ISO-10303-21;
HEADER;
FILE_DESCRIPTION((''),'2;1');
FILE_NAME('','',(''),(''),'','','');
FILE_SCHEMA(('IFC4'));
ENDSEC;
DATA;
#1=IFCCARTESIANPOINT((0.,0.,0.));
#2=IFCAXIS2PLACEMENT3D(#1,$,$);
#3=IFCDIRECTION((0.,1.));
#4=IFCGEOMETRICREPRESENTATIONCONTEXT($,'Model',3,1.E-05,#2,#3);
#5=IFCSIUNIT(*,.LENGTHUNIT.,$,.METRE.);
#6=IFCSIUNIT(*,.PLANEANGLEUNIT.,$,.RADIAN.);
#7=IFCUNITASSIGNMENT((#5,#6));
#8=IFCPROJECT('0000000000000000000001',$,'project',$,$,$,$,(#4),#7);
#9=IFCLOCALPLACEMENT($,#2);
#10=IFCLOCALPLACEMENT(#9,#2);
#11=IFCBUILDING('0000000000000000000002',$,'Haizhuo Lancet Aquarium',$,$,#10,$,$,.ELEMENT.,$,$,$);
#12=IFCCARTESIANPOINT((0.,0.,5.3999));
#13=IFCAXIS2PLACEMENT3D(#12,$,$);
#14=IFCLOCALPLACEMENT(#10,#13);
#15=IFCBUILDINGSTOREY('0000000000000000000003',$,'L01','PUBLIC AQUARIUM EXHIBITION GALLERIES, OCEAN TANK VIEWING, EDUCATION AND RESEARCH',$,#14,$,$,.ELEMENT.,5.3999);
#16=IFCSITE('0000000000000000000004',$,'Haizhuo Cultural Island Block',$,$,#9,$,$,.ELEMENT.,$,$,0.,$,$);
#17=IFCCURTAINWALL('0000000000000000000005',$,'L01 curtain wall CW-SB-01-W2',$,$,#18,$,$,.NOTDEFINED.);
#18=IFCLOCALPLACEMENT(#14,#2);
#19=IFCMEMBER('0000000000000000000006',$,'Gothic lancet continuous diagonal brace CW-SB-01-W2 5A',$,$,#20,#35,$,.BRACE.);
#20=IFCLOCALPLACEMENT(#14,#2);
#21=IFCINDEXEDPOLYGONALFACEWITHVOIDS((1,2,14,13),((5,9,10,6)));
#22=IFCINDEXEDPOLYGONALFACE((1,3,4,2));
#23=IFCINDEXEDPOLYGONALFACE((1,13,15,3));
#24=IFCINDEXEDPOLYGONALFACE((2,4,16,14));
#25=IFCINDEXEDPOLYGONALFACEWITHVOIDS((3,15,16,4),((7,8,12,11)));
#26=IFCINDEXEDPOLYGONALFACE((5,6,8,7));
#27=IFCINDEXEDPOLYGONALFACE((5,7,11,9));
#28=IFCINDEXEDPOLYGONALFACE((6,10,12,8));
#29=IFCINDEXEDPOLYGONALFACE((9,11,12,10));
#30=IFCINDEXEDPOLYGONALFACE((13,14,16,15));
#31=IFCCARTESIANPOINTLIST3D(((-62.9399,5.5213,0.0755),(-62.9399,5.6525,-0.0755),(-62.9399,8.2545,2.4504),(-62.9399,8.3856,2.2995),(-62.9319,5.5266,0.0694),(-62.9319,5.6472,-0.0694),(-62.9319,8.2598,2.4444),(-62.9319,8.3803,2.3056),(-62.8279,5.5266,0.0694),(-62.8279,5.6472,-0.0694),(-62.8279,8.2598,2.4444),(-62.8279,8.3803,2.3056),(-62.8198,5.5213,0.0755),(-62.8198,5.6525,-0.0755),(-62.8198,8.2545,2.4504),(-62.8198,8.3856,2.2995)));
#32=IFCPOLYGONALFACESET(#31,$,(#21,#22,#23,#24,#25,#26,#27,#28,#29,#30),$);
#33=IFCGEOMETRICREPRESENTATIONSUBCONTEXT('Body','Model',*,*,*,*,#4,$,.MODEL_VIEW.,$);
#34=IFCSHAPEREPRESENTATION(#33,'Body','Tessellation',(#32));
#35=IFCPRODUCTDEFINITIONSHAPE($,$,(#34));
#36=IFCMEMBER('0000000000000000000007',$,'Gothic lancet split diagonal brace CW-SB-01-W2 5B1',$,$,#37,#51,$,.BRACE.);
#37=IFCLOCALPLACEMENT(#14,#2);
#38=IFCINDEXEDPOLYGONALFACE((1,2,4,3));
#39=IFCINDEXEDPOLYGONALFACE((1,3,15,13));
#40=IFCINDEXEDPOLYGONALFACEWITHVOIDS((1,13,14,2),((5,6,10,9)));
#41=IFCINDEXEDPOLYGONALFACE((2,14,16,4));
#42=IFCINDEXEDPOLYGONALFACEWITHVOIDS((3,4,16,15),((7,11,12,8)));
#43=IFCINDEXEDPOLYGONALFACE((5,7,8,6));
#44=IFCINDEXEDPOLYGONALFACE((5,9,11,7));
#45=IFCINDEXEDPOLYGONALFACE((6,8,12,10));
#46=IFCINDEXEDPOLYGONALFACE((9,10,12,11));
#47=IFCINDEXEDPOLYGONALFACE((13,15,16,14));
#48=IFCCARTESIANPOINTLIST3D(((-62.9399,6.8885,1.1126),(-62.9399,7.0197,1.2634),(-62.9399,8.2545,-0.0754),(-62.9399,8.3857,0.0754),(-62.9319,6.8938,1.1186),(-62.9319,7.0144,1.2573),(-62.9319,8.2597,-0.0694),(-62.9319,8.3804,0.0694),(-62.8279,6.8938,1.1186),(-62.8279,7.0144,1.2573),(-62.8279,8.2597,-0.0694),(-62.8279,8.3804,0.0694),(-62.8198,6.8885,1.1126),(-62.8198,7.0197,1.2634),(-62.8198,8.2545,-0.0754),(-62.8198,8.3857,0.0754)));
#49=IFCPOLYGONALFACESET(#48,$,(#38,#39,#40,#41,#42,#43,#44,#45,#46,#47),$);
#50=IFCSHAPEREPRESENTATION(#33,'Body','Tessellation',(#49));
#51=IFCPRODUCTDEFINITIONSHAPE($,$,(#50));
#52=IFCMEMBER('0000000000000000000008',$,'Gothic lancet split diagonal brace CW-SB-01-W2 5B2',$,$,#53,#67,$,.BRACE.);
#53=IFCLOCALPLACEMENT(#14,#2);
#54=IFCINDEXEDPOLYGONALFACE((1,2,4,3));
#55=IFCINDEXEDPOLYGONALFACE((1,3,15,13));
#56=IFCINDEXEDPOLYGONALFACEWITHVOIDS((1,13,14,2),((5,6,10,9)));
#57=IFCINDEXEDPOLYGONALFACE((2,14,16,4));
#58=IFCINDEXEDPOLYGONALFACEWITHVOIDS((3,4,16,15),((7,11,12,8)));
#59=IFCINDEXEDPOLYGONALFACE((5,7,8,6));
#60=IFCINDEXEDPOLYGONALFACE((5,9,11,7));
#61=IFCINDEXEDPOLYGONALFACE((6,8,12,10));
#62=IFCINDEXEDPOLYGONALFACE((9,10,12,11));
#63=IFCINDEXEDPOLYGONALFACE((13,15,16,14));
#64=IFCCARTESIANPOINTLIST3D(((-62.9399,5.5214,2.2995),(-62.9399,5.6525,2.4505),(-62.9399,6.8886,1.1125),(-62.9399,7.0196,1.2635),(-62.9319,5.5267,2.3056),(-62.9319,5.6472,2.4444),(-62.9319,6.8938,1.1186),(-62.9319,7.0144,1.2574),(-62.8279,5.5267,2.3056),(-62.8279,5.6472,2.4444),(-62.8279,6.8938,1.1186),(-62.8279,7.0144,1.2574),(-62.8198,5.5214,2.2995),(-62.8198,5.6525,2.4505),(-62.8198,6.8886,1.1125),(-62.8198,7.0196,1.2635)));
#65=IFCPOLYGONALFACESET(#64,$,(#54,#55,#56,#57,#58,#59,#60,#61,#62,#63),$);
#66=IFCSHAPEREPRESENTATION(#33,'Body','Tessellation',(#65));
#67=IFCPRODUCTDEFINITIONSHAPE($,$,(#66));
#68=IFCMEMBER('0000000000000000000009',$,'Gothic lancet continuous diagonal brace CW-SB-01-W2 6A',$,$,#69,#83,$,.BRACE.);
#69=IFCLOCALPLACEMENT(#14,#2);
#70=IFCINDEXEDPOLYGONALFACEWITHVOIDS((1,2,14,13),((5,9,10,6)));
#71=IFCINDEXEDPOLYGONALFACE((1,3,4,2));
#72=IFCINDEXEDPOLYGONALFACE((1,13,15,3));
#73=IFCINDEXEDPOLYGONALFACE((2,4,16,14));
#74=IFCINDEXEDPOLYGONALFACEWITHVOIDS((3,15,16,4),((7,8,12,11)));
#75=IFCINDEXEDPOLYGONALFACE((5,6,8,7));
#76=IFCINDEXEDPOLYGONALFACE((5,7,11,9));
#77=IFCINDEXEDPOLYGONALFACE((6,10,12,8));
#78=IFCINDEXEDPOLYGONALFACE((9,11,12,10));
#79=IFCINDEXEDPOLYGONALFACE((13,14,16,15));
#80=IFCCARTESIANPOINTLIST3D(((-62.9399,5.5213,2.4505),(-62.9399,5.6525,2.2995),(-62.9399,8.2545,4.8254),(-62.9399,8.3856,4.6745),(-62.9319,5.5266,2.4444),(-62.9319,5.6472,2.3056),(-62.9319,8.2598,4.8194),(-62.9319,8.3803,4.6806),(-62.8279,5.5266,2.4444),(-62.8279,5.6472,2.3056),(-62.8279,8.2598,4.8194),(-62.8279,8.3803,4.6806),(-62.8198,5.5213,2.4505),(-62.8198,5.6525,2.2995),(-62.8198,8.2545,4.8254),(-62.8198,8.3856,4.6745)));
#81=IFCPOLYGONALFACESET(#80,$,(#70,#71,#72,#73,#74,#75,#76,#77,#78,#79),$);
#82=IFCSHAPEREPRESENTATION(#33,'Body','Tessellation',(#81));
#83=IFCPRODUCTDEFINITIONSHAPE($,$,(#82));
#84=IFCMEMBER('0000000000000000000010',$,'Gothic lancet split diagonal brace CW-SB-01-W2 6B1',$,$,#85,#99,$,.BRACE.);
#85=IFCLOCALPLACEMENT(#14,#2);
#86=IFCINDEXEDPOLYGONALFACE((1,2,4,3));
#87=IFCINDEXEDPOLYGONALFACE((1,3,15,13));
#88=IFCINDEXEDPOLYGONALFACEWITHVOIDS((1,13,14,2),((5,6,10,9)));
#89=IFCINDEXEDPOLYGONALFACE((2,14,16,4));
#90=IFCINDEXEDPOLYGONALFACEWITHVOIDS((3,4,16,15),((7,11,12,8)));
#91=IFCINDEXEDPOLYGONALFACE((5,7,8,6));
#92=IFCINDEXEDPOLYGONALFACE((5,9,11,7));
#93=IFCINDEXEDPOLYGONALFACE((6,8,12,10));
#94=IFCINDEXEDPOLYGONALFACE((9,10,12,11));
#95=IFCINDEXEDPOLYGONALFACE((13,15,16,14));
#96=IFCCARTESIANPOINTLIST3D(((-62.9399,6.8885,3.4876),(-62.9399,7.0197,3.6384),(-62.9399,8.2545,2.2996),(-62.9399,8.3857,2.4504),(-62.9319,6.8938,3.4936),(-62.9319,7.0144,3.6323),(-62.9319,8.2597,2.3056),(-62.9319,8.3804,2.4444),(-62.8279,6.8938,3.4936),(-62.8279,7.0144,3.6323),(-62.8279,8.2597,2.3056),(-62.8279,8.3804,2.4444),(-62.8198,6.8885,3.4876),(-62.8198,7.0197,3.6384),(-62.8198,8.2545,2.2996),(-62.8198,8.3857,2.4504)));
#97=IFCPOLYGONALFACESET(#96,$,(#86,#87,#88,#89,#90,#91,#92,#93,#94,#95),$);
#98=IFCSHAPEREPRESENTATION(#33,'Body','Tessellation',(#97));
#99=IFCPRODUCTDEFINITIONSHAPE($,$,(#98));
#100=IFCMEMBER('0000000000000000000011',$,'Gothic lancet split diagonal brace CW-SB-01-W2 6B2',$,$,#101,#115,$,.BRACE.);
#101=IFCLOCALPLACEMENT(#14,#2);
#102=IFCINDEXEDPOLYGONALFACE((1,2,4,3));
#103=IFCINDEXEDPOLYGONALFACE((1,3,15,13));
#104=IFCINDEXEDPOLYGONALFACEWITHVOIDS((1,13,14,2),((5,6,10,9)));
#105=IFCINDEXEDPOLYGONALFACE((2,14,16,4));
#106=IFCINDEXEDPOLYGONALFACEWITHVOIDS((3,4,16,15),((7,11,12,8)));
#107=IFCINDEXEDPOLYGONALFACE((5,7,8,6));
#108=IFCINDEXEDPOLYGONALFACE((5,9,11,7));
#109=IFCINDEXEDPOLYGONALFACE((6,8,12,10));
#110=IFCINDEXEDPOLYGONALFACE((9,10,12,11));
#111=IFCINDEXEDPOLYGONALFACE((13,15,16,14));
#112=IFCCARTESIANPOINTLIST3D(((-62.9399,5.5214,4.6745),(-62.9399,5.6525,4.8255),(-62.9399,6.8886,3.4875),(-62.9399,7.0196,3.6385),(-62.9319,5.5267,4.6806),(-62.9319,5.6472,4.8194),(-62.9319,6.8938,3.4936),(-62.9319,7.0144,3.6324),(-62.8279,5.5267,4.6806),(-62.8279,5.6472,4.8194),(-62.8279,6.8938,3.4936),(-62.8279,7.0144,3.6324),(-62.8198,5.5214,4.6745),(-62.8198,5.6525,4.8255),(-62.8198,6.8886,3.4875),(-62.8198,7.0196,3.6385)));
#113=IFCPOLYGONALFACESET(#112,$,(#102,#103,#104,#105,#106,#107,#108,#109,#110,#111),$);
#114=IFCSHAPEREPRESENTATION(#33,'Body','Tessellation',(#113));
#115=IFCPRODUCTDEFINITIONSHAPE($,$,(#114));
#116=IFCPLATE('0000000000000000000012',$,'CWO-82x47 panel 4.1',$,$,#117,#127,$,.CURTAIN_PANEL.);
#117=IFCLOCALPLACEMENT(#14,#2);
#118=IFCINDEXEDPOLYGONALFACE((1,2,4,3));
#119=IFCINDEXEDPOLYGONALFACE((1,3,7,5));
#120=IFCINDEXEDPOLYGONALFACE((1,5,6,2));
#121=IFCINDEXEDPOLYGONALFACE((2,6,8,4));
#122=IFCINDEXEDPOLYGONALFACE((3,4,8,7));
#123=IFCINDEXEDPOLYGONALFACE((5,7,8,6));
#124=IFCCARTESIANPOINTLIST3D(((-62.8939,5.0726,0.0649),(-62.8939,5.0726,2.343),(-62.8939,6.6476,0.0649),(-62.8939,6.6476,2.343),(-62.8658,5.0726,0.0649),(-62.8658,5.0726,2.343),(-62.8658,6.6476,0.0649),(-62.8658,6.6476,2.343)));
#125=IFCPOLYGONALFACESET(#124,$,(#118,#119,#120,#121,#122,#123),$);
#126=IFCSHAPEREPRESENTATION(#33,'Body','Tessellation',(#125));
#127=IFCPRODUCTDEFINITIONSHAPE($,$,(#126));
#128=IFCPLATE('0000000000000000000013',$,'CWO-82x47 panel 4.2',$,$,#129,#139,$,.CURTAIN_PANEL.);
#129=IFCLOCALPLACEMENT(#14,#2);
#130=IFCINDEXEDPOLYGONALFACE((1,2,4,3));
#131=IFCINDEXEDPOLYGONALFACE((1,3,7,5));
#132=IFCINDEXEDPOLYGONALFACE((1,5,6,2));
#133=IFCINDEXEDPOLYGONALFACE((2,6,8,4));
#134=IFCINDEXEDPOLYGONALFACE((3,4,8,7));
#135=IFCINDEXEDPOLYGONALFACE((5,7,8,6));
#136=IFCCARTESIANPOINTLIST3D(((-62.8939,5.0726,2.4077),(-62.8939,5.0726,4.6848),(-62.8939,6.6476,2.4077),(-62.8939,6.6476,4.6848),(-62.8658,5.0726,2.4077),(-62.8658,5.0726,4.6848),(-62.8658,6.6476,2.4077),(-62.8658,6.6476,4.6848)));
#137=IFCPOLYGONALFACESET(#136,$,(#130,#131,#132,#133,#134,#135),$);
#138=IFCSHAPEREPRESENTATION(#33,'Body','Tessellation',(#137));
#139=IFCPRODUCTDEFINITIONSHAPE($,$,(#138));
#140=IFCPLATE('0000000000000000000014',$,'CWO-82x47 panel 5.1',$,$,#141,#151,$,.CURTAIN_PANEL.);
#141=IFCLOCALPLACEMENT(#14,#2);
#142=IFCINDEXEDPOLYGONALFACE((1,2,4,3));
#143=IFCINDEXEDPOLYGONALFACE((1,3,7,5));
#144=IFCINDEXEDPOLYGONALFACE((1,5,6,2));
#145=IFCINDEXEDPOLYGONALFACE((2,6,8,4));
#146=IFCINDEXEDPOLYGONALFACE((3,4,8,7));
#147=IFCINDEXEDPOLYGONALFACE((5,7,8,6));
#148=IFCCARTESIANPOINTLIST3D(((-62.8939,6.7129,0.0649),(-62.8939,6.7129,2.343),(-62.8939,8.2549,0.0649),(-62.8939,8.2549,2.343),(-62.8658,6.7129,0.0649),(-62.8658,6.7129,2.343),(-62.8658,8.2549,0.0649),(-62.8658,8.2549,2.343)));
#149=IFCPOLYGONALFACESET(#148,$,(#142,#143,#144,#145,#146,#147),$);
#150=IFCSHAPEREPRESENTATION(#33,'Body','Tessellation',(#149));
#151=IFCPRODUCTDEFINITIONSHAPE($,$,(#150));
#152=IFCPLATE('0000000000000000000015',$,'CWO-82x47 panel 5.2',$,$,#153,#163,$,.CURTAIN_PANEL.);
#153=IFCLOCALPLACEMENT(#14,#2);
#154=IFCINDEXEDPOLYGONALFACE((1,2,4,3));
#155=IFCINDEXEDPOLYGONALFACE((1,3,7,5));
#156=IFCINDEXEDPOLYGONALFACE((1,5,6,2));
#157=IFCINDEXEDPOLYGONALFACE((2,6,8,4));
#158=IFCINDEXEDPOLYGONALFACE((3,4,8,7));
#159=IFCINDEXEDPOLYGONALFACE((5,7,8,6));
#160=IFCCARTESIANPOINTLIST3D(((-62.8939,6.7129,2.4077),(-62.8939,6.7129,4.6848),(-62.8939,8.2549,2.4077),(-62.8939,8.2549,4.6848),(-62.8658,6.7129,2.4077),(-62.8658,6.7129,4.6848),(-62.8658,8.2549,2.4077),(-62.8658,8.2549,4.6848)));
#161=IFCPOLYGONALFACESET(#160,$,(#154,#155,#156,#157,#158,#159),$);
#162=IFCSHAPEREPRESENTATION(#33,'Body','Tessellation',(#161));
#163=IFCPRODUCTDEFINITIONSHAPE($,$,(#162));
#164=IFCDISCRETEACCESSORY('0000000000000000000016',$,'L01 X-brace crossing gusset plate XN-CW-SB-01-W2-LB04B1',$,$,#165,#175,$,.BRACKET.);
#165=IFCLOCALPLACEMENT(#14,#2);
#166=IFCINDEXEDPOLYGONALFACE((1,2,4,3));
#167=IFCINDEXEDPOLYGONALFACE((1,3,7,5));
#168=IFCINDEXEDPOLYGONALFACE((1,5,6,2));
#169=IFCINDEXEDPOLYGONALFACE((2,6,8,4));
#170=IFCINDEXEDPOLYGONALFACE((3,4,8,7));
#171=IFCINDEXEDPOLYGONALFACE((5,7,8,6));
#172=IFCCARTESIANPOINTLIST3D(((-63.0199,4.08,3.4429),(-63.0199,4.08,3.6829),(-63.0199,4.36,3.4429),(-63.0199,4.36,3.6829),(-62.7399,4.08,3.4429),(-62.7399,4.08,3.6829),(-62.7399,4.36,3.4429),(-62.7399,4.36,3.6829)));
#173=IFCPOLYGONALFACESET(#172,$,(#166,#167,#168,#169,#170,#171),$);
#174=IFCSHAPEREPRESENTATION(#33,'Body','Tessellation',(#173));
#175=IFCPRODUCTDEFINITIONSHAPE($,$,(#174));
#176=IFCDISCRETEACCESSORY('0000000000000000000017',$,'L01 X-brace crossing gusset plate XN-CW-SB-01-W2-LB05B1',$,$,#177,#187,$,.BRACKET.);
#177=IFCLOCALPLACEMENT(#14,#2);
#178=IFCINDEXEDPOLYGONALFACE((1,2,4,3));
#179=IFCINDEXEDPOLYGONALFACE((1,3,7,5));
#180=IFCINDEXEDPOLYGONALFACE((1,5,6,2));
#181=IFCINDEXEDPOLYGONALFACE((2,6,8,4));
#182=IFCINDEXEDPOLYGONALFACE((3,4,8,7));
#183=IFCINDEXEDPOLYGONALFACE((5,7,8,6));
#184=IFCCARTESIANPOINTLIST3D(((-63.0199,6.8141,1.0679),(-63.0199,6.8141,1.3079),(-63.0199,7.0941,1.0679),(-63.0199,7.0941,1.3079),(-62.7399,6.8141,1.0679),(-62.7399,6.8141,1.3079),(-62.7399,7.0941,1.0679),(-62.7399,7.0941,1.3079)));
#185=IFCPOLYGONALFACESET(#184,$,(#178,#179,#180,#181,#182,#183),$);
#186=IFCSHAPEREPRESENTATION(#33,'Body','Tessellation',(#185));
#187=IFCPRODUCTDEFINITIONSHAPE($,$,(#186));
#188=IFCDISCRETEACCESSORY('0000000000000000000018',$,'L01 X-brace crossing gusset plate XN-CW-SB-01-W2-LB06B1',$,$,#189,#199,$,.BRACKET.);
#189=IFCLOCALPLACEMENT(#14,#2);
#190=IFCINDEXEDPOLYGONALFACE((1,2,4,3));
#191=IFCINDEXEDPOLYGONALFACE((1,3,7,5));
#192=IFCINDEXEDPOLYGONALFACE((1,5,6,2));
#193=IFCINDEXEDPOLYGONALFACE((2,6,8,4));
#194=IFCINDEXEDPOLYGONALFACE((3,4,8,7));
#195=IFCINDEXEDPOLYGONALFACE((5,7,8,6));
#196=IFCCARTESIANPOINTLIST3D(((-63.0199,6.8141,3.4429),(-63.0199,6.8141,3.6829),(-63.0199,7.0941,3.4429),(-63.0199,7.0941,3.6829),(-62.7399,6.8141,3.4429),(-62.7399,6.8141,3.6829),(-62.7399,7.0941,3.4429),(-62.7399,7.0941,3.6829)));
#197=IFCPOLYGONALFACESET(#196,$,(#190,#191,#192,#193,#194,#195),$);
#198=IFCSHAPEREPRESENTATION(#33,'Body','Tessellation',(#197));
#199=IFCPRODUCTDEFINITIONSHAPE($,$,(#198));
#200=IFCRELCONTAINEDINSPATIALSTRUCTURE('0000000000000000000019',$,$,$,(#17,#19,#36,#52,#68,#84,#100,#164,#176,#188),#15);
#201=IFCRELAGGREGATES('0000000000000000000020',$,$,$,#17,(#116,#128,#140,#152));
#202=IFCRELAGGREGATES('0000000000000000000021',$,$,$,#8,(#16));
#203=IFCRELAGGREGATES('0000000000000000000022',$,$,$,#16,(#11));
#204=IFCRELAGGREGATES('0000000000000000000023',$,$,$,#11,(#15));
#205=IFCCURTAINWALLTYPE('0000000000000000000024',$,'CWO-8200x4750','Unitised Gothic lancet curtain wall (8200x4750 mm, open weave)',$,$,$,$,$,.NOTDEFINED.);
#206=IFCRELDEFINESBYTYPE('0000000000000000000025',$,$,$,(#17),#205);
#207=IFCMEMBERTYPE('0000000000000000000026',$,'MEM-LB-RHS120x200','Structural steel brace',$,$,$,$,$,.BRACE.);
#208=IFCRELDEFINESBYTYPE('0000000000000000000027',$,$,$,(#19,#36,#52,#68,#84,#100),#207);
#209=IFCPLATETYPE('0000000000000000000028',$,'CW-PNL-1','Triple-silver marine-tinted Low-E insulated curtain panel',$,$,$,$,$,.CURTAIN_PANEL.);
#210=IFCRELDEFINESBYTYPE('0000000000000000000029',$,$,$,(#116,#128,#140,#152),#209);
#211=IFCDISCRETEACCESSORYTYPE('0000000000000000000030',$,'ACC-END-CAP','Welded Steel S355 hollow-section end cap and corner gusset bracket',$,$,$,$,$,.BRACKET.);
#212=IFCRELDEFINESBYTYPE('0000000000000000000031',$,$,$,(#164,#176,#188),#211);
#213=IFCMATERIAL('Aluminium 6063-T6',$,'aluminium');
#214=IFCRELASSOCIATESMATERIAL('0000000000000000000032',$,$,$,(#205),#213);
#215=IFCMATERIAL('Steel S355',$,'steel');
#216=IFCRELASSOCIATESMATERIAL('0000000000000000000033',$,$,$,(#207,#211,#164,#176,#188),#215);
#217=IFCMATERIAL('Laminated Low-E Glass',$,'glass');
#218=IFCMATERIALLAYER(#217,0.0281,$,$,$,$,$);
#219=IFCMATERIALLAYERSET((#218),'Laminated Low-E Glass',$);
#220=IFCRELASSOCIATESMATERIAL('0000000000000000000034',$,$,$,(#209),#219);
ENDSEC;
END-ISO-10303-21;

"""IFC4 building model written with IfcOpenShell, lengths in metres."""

from ifc_helpers import new_model, si_unit, direction, frame, origin, origin_2d, place, context, subcontext, project, spatial, rectangle, hollow_rectangle, extrude, material, layer, layer_set, material_profile, profile_set, type_object, element, aggregate, save


model = new_model("IFC4")

# Units and contexts
model_context = context("Model", 3, precision=1e-05, world=origin(), true_north=direction((0.0, 1.0)))
body_context = subcontext(model_context, "Body", "Model", "MODEL_VIEW")
ifc_project = project(units=[si_unit("LENGTHUNIT", "METRE"), si_unit("PLANEANGLEUNIT", "RADIAN")], contexts=[model_context])

# Site, building, storey
site_placement = place(None, origin())
site = spatial("IfcSite", under=ifc_project, at=site_placement, Name="Haizhuo Cultural Island Block", CompositionType="ELEMENT", RefElevation=0.0)
building_placement = place(site_placement, origin())
building = spatial("IfcBuilding", under=site, at=building_placement, Name="Haizhuo Lancet Aquarium", CompositionType="ELEMENT")
storey_placement = place(building_placement, frame((0.0, 0.0, 5.3999)))
storey = spatial("IfcBuildingStorey", under=building, at=storey_placement, Name="L01", Description="PUBLIC AQUARIUM EXHIBITION GALLERIES, OCEAN TANK VIEWING, EDUCATION AND RESEARCH", CompositionType="ELEMENT", Elevation=5.3999)

# Curtain wall
ifc_material_1 = material(Name="Aluminium 6063-T6", Category="aluminium")
curtain_wall_type = type_object("IfcCurtainWallType", Name="CWO-8200x4750", Description="Unitised Gothic lancet curtain wall (8200x4750 mm, open weave)", PredefinedType="NOTDEFINED", material=ifc_material_1)
curtain_wall_placement = place(storey_placement, origin())
curtain_wall = element("IfcCurtainWall", 1, at=curtain_wall_placement, inside=storey, type_object=curtain_wall_type, Name="L01 curtain wall CW-SB-01-W2", PredefinedType="NOTDEFINED")

# Members
ifc_material_2 = material(Name="Steel S355", Category="steel")
ifc_material_profile_1 = material_profile(ifc_material_2, hollow_rectangle(XDim=0.1201, YDim=0.2, WallThickness=0.0081, at=origin_2d()), Name="RHS 120x200x8")
ifc_profile_set_1 = profile_set([ifc_material_profile_1], Name="Steel S355")
member_type_1 = type_object("IfcMemberType", Name="MEM-LB-RHS120x200", Description="Structural steel brace", PredefinedType="BRACE", material=ifc_profile_set_1)
member_1_placement = place(storey_placement, frame((-62.8799, 5.5869, 0.0), z_axis=(0.0, 0.754832, 0.655918), x_axis=(-1.0, 0.0, 0.0)))
element("IfcMember", 2, at=member_1_placement, inside=storey, type_object=member_type_1, Name="Gothic lancet continuous diagonal brace CW-SB-01-W2 5A", PredefinedType="BRACE", context=body_context, shape_type="SweptSolid", body=[
    extrude(hollow_rectangle(XDim=0.1201, YDim=0.2, WallThickness=0.0081, at=origin_2d()), origin(), (0.0, 0.0, 1.0), 3.6208),
])
member_2_placement = place(storey_placement, frame((-62.8799, 8.3201, 0.0), z_axis=(0.0, -0.754553, 0.656239), x_axis=(1.0, 0.0, 0.0)))
element("IfcMember", 3, at=member_2_placement, inside=storey, type_object=member_type_1, Name="Gothic lancet split diagonal brace CW-SB-01-W2 5B1", PredefinedType="BRACE", context=body_context, shape_type="SweptSolid", body=[
    extrude(hollow_rectangle(XDim=0.1201, YDim=0.2, WallThickness=0.0081, at=origin_2d()), origin(), (0.0, 0.0, 1.0), 1.8103),
])
member_3_placement = place(storey_placement, frame((-62.8799, 6.9541, 1.188), z_axis=(0.0, -0.75511, 0.655598), x_axis=(1.0, 0.0, 0.0)))
element("IfcMember", 4, at=member_3_placement, inside=storey, type_object=member_type_1, Name="Gothic lancet split diagonal brace CW-SB-01-W2 5B2", PredefinedType="BRACE", context=body_context, shape_type="SweptSolid", body=[
    extrude(hollow_rectangle(XDim=0.1201, YDim=0.2, WallThickness=0.0081, at=origin_2d()), origin(), (0.0, 0.0, 1.0), 1.8105),
])
member_4_placement = place(storey_placement, frame((-62.8799, 5.5869, 2.375), z_axis=(0.0, 0.754832, 0.655918), x_axis=(-1.0, 0.0, 0.0)))
element("IfcMember", 5, at=member_4_placement, inside=storey, type_object=member_type_1, Name="Gothic lancet continuous diagonal brace CW-SB-01-W2 6A", PredefinedType="BRACE", context=body_context, shape_type="SweptSolid", body=[
    extrude(hollow_rectangle(XDim=0.1201, YDim=0.2, WallThickness=0.0081, at=origin_2d()), origin(), (0.0, 0.0, 1.0), 3.6208),
])
member_5_placement = place(storey_placement, frame((-62.8799, 8.3201, 2.375), z_axis=(0.0, -0.754553, 0.656239), x_axis=(1.0, 0.0, 0.0)))
element("IfcMember", 6, at=member_5_placement, inside=storey, type_object=member_type_1, Name="Gothic lancet split diagonal brace CW-SB-01-W2 6B1", PredefinedType="BRACE", context=body_context, shape_type="SweptSolid", body=[
    extrude(hollow_rectangle(XDim=0.1201, YDim=0.2, WallThickness=0.0081, at=origin_2d()), origin(), (0.0, 0.0, 1.0), 1.8103),
])
member_6_placement = place(storey_placement, frame((-62.8799, 6.9541, 3.563), z_axis=(0.0, -0.75511, 0.655598), x_axis=(1.0, 0.0, 0.0)))
element("IfcMember", 7, at=member_6_placement, inside=storey, type_object=member_type_1, Name="Gothic lancet split diagonal brace CW-SB-01-W2 6B2", PredefinedType="BRACE", context=body_context, shape_type="SweptSolid", body=[
    extrude(hollow_rectangle(XDim=0.1201, YDim=0.2, WallThickness=0.0081, at=origin_2d()), origin(), (0.0, 0.0, 1.0), 1.8105),
])

# Plates
ifc_material_3 = material(Name="Laminated Low-E Glass", Category="glass")
ifc_layer = layer(ifc_material_3, 0.0281)
ifc_layer_set = layer_set([ifc_layer], Name="Laminated Low-E Glass")
plate_type = type_object("IfcPlateType", Name="CW-PNL-1", Description="Triple-silver marine-tinted Low-E insulated curtain panel", PredefinedType="CURTAIN_PANEL", material=ifc_layer_set)
plate_1_placement = place(storey_placement, frame((-62.8799, 5.8601, 0.0649), z_axis=(0.0, 0.0, 1.0), x_axis=(0.0, 1.0, 0.0)))
plate_1 = element("IfcPlate", 8, at=plate_1_placement, type_object=plate_type, Name="CWO-82x47 panel 4.1", PredefinedType="CURTAIN_PANEL", context=body_context, shape_type="SweptSolid", body=[
    extrude(rectangle(XDim=1.575, YDim=0.0281, at=origin_2d()), origin(), (0.0, 0.0, 1.0), 2.2781),
])
plate_2_placement = place(storey_placement, frame((-62.8799, 5.8601, 2.4077), z_axis=(0.0, 0.0, 1.0), x_axis=(0.0, 1.0, 0.0)))
plate_2 = element("IfcPlate", 9, at=plate_2_placement, type_object=plate_type, Name="CWO-82x47 panel 4.2", PredefinedType="CURTAIN_PANEL", context=body_context, shape_type="SweptSolid", body=[
    extrude(rectangle(XDim=1.575, YDim=0.0281, at=origin_2d()), origin(), (0.0, 0.0, 1.0), 2.2771),
])
plate_3_placement = place(storey_placement, frame((-62.8799, 7.4839, 0.0649), z_axis=(0.0, 0.0, 1.0), x_axis=(0.0, 1.0, 0.0)))
plate_3 = element("IfcPlate", 10, at=plate_3_placement, type_object=plate_type, Name="CWO-82x47 panel 5.1", PredefinedType="CURTAIN_PANEL", context=body_context, shape_type="SweptSolid", body=[
    extrude(rectangle(XDim=1.542, YDim=0.0281, at=origin_2d()), origin(), (0.0, 0.0, 1.0), 2.2781),
])
plate_4_placement = place(storey_placement, frame((-62.8799, 7.4839, 2.4077), z_axis=(0.0, 0.0, 1.0), x_axis=(0.0, 1.0, 0.0)))
plate_4 = element("IfcPlate", 11, at=plate_4_placement, type_object=plate_type, Name="CWO-82x47 panel 5.2", PredefinedType="CURTAIN_PANEL", context=body_context, shape_type="SweptSolid", body=[
    extrude(rectangle(XDim=1.542, YDim=0.0281, at=origin_2d()), origin(), (0.0, 0.0, 1.0), 2.2771),
])
aggregate(curtain_wall, [plate_1, plate_2, plate_3, plate_4])

# Discrete accessories
discrete_accessory_type = type_object("IfcDiscreteAccessoryType", Name="ACC-END-CAP", Description="Welded Steel S355 hollow-section end cap and corner gusset bracket", PredefinedType="BRACKET", material=ifc_material_2)
for number, where, z_axis, x_axis, name in (
    (12, (-62.8799, 4.22, 3.4429), (0.0, 0.0, 1.0), (1.0, 0.0, 0.0), "L01 X-brace crossing gusset plate XN-CW-SB-01-W2-LB04B1"),
    (13, (-62.8799, 6.9541, 1.0679), (0.0, 0.0, 1.0), (1.0, 0.0, 0.0), "L01 X-brace crossing gusset plate XN-CW-SB-01-W2-LB05B1"),
    (14, (-62.8799, 6.9541, 3.4429), (0.0, 0.0, 1.0), (1.0, 0.0, 0.0), "L01 X-brace crossing gusset plate XN-CW-SB-01-W2-LB06B1"),
):
    element("IfcDiscreteAccessory", number, at=place(storey_placement, frame(where, z_axis=z_axis, x_axis=x_axis)), inside=storey, type_object=discrete_accessory_type, material=ifc_material_2, Name=name, PredefinedType="BRACKET", context=body_context, shape_type="SweptSolid", body=[
        extrude(rectangle(XDim=0.28, YDim=0.28, at=origin_2d()), origin(), (0.0, 0.0, 1.0), 0.24),
    ])

save(model, "model.ifc")
